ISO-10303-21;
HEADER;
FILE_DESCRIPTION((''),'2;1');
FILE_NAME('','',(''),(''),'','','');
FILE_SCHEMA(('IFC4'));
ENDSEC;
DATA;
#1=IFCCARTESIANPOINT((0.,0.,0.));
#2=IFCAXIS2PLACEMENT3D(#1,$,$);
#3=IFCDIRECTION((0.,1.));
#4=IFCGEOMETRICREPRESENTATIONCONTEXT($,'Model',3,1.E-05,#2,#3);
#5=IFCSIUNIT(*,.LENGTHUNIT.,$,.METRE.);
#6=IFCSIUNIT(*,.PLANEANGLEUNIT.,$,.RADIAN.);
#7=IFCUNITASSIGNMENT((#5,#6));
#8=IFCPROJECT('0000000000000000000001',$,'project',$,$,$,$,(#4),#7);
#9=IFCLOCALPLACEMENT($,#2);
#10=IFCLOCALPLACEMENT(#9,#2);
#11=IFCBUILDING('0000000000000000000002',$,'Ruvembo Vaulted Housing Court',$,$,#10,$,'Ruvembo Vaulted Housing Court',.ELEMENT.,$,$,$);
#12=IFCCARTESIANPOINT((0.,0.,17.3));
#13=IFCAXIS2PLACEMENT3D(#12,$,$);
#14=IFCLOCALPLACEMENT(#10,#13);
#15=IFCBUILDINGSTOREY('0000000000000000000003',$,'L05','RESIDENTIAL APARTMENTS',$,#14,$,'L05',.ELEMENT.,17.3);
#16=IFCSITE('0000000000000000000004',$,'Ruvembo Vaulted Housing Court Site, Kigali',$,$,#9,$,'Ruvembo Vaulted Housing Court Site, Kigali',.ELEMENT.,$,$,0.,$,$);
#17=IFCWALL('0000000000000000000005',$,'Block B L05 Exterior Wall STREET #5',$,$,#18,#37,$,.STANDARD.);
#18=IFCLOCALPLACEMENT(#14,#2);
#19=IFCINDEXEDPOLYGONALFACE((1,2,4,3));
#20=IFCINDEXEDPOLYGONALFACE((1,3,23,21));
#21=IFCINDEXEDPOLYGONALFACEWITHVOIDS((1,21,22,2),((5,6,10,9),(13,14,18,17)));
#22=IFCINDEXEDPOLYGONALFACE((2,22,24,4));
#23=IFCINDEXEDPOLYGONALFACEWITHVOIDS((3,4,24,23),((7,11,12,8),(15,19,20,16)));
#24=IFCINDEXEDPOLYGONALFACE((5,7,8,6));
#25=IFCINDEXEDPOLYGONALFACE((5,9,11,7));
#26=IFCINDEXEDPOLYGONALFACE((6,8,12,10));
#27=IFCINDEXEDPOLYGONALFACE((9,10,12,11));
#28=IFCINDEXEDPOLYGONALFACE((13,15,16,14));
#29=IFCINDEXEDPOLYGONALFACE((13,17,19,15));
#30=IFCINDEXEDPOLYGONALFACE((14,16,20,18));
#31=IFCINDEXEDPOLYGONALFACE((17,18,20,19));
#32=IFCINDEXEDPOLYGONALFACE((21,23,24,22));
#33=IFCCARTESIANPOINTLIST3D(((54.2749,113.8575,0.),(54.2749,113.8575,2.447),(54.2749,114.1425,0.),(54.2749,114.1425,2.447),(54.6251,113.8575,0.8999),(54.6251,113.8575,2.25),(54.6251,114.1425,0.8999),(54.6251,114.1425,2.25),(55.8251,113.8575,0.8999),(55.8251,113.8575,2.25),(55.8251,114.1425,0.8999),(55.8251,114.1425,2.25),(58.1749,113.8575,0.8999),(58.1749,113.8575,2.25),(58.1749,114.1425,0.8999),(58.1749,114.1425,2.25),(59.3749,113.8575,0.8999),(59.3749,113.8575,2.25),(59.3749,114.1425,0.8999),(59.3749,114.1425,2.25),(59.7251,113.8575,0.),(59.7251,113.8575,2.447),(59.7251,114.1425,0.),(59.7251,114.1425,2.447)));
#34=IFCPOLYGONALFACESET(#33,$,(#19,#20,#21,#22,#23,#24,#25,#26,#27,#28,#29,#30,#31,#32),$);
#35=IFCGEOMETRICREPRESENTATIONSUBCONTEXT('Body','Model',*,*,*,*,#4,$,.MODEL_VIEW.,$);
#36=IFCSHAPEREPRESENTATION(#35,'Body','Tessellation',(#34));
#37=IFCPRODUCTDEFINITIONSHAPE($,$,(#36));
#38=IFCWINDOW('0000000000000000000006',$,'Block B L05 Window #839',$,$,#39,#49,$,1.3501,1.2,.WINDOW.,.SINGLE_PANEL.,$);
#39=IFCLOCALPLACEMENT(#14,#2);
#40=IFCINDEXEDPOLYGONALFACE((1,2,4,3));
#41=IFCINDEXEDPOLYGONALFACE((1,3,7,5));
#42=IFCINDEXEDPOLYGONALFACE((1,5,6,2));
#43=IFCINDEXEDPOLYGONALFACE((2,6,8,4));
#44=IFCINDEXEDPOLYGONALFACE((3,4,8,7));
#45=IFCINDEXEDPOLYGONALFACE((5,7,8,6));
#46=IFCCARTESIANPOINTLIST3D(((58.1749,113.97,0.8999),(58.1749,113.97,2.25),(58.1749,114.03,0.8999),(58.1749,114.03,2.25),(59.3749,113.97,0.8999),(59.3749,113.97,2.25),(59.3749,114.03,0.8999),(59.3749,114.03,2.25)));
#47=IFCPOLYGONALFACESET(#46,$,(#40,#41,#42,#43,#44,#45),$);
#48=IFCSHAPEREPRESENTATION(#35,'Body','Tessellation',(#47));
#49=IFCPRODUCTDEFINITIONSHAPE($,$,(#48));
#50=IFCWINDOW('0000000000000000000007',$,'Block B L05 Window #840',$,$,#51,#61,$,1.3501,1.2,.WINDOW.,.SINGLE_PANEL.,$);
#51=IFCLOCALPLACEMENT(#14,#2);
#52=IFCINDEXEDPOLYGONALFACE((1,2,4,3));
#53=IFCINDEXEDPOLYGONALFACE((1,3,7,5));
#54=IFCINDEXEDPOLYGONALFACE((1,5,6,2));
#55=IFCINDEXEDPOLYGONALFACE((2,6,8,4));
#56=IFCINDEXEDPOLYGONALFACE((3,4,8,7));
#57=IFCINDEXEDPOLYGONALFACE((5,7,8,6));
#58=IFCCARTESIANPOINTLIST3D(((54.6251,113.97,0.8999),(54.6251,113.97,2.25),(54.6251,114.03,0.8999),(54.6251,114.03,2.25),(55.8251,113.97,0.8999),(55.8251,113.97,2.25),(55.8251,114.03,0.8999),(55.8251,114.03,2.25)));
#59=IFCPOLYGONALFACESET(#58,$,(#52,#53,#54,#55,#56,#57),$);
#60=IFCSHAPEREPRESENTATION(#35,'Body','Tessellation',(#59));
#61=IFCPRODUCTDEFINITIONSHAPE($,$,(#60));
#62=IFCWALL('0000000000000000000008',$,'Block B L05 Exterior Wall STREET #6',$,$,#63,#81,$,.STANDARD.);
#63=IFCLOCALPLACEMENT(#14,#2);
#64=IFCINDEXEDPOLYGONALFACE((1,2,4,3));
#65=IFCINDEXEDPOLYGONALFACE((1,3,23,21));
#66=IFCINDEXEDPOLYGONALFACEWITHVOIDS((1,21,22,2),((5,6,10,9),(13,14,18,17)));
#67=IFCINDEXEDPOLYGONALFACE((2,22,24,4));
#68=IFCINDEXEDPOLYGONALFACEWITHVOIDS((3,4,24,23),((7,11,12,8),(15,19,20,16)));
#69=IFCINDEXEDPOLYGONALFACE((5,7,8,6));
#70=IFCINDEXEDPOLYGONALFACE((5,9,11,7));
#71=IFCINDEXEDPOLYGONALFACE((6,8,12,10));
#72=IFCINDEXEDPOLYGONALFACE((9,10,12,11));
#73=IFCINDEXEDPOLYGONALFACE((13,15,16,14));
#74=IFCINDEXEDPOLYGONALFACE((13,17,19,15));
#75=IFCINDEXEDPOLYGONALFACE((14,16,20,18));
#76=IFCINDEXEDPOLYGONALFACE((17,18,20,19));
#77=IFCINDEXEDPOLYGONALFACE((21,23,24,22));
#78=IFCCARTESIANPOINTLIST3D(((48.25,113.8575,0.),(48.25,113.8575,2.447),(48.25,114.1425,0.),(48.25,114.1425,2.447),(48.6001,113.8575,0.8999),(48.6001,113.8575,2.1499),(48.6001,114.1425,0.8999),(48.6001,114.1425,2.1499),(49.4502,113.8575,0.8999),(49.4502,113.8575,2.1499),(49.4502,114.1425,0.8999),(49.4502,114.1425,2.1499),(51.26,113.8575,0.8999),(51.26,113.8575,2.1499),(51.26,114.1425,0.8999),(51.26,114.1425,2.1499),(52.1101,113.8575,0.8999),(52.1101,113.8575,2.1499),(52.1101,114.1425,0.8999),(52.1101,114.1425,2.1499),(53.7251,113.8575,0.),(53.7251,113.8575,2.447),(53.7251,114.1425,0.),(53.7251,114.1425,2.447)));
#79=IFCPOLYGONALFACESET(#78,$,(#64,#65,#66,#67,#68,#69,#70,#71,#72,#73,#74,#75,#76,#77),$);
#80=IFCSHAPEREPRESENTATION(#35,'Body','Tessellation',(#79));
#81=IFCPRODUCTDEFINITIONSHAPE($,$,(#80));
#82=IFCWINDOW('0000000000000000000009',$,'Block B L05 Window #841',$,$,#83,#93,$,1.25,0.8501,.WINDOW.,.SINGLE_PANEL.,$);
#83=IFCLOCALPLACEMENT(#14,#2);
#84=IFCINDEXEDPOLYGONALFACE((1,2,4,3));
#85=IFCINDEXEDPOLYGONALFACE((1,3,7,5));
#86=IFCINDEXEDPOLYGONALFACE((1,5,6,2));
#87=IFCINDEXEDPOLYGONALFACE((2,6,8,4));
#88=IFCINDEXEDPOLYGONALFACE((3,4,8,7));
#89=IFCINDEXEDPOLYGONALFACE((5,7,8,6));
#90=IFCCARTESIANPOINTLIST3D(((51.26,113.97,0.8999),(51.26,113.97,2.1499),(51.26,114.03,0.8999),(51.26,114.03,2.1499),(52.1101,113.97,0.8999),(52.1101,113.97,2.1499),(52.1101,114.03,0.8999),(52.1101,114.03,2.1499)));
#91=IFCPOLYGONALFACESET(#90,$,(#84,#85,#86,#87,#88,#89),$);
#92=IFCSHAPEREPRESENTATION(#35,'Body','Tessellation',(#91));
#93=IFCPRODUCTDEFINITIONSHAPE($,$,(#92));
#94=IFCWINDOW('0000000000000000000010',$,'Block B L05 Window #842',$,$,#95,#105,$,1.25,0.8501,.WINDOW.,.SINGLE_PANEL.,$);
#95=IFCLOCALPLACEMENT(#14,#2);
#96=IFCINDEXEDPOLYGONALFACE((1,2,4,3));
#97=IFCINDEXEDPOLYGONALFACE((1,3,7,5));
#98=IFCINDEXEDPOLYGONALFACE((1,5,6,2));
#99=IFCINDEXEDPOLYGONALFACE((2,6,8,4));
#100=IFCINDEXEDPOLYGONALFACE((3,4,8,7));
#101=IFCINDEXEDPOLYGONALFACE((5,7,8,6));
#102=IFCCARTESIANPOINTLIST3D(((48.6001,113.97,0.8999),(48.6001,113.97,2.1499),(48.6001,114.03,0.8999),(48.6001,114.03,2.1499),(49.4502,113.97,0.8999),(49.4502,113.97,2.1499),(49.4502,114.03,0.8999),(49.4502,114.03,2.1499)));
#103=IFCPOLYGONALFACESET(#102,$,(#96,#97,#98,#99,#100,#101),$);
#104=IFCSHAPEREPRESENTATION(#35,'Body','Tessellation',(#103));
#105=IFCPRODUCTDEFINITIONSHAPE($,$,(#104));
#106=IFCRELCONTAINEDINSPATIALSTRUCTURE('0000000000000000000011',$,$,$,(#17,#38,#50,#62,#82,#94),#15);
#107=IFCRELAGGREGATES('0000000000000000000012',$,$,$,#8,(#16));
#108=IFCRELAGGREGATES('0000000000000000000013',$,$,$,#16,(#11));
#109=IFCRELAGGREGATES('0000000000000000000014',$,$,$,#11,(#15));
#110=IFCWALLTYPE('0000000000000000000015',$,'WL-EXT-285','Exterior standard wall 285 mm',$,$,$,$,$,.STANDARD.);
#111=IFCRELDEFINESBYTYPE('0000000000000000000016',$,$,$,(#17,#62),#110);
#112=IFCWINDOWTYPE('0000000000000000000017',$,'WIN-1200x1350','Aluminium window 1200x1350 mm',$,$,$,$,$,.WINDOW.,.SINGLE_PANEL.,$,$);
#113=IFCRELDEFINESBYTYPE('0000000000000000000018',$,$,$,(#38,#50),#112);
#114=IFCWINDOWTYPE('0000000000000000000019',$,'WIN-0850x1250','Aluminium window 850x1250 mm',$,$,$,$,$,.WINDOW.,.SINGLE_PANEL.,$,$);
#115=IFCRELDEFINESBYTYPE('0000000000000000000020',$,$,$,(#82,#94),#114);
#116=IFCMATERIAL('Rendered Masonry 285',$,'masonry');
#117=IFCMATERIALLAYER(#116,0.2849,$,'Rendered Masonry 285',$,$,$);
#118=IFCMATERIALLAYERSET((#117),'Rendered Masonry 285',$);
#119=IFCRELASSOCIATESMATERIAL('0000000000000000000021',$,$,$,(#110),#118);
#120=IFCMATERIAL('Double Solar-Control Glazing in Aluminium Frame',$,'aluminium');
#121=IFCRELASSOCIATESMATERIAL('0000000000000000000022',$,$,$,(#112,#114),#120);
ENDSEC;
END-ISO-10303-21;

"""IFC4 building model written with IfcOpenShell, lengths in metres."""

from ifc_helpers import new_model, si_unit, direction, frame, frame_2d, origin, place, context, subcontext, project, spatial, rectangle, extrude, material, layer, layer_set, type_object, element, fill, save


model = new_model("IFC4")

# Units and contexts
model_context = context("Model", 3, precision=1e-05, world=origin(), true_north=direction((0.0, 1.0)))
body_context = subcontext(model_context, "Body", "Model", "MODEL_VIEW")
ifc_project = project(units=[si_unit("LENGTHUNIT", "METRE"), si_unit("PLANEANGLEUNIT", "RADIAN")], contexts=[model_context])

# Site, building, storey
site_placement = place(None, origin())
site = spatial("IfcSite", under=ifc_project, at=site_placement, Name="Ruvembo Vaulted Housing Court Site, Kigali", LongName="Ruvembo Vaulted Housing Court Site, Kigali", CompositionType="ELEMENT", RefElevation=0.0)
building_placement = place(site_placement, origin())
building = spatial("IfcBuilding", under=site, at=building_placement, Name="Ruvembo Vaulted Housing Court", LongName="Ruvembo Vaulted Housing Court", CompositionType="ELEMENT")
storey_placement = place(building_placement, frame((0.0, 0.0, 17.3)))
storey = spatial("IfcBuildingStorey", under=building, at=storey_placement, Name="L05", Description="RESIDENTIAL APARTMENTS", LongName="L05", CompositionType="ELEMENT", Elevation=17.3)

# Walls, openings, windows
ifc_material_1 = material(Name="Rendered Masonry 285", Category="masonry")
ifc_layer_1 = layer(ifc_material_1, 0.2849, Name="Rendered Masonry 285")
ifc_layer_set_1 = layer_set([ifc_layer_1], Name="Rendered Masonry 285")
wall_type_1 = type_object("IfcWallType", Name="WL-EXT-285", Description="Exterior standard wall 285 mm", PredefinedType="STANDARD", material=ifc_layer_set_1)
wall_1_placement = place(storey_placement, frame((59.7251, 114.0, 0.0), z_axis=(0.0, 0.0, 1.0), x_axis=(-1.0, 0.0, 0.0)))
wall_1 = element("IfcWall", 1, at=wall_1_placement, inside=storey, type_object=wall_type_1, Name="Block B L05 Exterior Wall STREET #5", PredefinedType="STANDARD", context=body_context, shape_type="SweptSolid", body=[
    extrude(rectangle(XDim=5.4502, YDim=0.2849, at=frame_2d((2.7251, 0.0))), origin(), (0.0, 0.0, 1.0), 2.447),
])
opening_1_placement = place(wall_1_placement, frame((0.3501, 0.0, 0.8999)))
opening_1 = element("IfcOpeningElement", 2, at=opening_1_placement, cuts=wall_1, PredefinedType="OPENING", context=body_context, shape_type="SweptSolid", body=[
    extrude(rectangle(XDim=1.2, YDim=1.3501, at=frame_2d((0.6001, 0.675))), frame((0.0, 0.1523, 0.0), z_axis=(0.0, -1.0, 0.0), x_axis=(1.0, 0.0, 0.0)), (0.0, 0.0, 1.0), 0.3049),
])
opening_2_placement = place(wall_1_placement, frame((3.8999, 0.0, 0.8999)))
opening_2 = element("IfcOpeningElement", 3, at=opening_2_placement, cuts=wall_1, PredefinedType="OPENING", context=body_context, shape_type="SweptSolid", body=[
    extrude(rectangle(XDim=1.2, YDim=1.3501, at=frame_2d((0.6001, 0.675))), frame((0.0, 0.1523, 0.0), z_axis=(0.0, -1.0, 0.0), x_axis=(1.0, 0.0, 0.0)), (0.0, 0.0, 1.0), 0.3049),
])
ifc_material_2 = material(Name="Double Solar-Control Glazing in Aluminium Frame", Category="aluminium")
window_type_1 = type_object("IfcWindowType", Name="WIN-1200x1350", Description="Aluminium window 1200x1350 mm", PartitioningType="SINGLE_PANEL", PredefinedType="WINDOW", material=ifc_material_2)
window_1_placement = place(opening_1_placement, origin())
window_1 = element("IfcWindow", 4, at=window_1_placement, inside=storey, type_object=window_type_1, Name="Block B L05 Window #839", OverallHeight=1.3501, OverallWidth=1.2, PartitioningType="SINGLE_PANEL", PredefinedType="WINDOW", context=body_context, shape_type="SweptSolid", body=[
    extrude(rectangle(XDim=1.2, YDim=1.3501, at=frame_2d((0.6001, 0.675))), frame((0.0, 0.03, 0.0), z_axis=(0.0, -1.0, 0.0), x_axis=(1.0, 0.0, 0.0)), (0.0, 0.0, 1.0), 0.0601),
])
fill(opening_1, window_1)
window_2_placement = place(opening_2_placement, origin())
window_2 = element("IfcWindow", 5, at=window_2_placement, inside=storey, type_object=window_type_1, Name="Block B L05 Window #840", OverallHeight=1.3501, OverallWidth=1.2, PartitioningType="SINGLE_PANEL", PredefinedType="WINDOW", context=body_context, shape_type="SweptSolid", body=[
    extrude(rectangle(XDim=1.2, YDim=1.3501, at=frame_2d((0.6001, 0.675))), frame((0.0, 0.03, 0.0), z_axis=(0.0, -1.0, 0.0), x_axis=(1.0, 0.0, 0.0)), (0.0, 0.0, 1.0), 0.0601),
])
fill(opening_2, window_2)
wall_2_placement = place(storey_placement, frame((53.7251, 114.0, 0.0), z_axis=(0.0, 0.0, 1.0), x_axis=(-1.0, 0.0, 0.0)))
wall_2 = element("IfcWall", 6, at=wall_2_placement, inside=storey, type_object=wall_type_1, Name="Block B L05 Exterior Wall STREET #6", PredefinedType="STANDARD", context=body_context, shape_type="SweptSolid", body=[
    extrude(rectangle(XDim=5.4751, YDim=0.2849, at=frame_2d((2.7375, 0.0))), origin(), (0.0, 0.0, 1.0), 2.447),
])
opening_3_placement = place(wall_2_placement, frame((1.615, 0.0, 0.8999)))
opening_3 = element("IfcOpeningElement", 7, at=opening_3_placement, cuts=wall_2, PredefinedType="OPENING", context=body_context, shape_type="SweptSolid", body=[
    extrude(rectangle(XDim=0.8501, YDim=1.25, at=frame_2d((0.425, 0.625))), frame((0.0, 0.1523, 0.0), z_axis=(0.0, -1.0, 0.0), x_axis=(1.0, 0.0, 0.0)), (0.0, 0.0, 1.0), 0.3049),
])
opening_4_placement = place(wall_2_placement, frame((4.2749, 0.0, 0.8999)))
opening_4 = element("IfcOpeningElement", 8, at=opening_4_placement, cuts=wall_2, PredefinedType="OPENING", context=body_context, shape_type="SweptSolid", body=[
    extrude(rectangle(XDim=0.8501, YDim=1.25, at=frame_2d((0.425, 0.625))), frame((0.0, 0.1523, 0.0), z_axis=(0.0, -1.0, 0.0), x_axis=(1.0, 0.0, 0.0)), (0.0, 0.0, 1.0), 0.3049),
])
window_type_2 = type_object("IfcWindowType", Name="WIN-0850x1250", Description="Aluminium window 850x1250 mm", PartitioningType="SINGLE_PANEL", PredefinedType="WINDOW", material=ifc_material_2)
window_3_placement = place(opening_3_placement, origin())
window_3 = element("IfcWindow", 9, at=window_3_placement, inside=storey, type_object=window_type_2, Name="Block B L05 Window #841", OverallHeight=1.25, OverallWidth=0.8501, PartitioningType="SINGLE_PANEL", PredefinedType="WINDOW", context=body_context, shape_type="SweptSolid", body=[
    extrude(rectangle(XDim=0.8501, YDim=1.25, at=frame_2d((0.425, 0.625))), frame((0.0, 0.03, 0.0), z_axis=(0.0, -1.0, 0.0), x_axis=(1.0, 0.0, 0.0)), (0.0, 0.0, 1.0), 0.0601),
])
fill(opening_3, window_3)
window_4_placement = place(opening_4_placement, origin())
window_4 = element("IfcWindow", 10, at=window_4_placement, inside=storey, type_object=window_type_2, Name="Block B L05 Window #842", OverallHeight=1.25, OverallWidth=0.8501, PartitioningType="SINGLE_PANEL", PredefinedType="WINDOW", context=body_context, shape_type="SweptSolid", body=[
    extrude(rectangle(XDim=0.8501, YDim=1.25, at=frame_2d((0.425, 0.625))), frame((0.0, 0.03, 0.0), z_axis=(0.0, -1.0, 0.0), x_axis=(1.0, 0.0, 0.0)), (0.0, 0.0, 1.0), 0.0601),
])
fill(opening_4, window_4)

save(model, "model.ifc")
